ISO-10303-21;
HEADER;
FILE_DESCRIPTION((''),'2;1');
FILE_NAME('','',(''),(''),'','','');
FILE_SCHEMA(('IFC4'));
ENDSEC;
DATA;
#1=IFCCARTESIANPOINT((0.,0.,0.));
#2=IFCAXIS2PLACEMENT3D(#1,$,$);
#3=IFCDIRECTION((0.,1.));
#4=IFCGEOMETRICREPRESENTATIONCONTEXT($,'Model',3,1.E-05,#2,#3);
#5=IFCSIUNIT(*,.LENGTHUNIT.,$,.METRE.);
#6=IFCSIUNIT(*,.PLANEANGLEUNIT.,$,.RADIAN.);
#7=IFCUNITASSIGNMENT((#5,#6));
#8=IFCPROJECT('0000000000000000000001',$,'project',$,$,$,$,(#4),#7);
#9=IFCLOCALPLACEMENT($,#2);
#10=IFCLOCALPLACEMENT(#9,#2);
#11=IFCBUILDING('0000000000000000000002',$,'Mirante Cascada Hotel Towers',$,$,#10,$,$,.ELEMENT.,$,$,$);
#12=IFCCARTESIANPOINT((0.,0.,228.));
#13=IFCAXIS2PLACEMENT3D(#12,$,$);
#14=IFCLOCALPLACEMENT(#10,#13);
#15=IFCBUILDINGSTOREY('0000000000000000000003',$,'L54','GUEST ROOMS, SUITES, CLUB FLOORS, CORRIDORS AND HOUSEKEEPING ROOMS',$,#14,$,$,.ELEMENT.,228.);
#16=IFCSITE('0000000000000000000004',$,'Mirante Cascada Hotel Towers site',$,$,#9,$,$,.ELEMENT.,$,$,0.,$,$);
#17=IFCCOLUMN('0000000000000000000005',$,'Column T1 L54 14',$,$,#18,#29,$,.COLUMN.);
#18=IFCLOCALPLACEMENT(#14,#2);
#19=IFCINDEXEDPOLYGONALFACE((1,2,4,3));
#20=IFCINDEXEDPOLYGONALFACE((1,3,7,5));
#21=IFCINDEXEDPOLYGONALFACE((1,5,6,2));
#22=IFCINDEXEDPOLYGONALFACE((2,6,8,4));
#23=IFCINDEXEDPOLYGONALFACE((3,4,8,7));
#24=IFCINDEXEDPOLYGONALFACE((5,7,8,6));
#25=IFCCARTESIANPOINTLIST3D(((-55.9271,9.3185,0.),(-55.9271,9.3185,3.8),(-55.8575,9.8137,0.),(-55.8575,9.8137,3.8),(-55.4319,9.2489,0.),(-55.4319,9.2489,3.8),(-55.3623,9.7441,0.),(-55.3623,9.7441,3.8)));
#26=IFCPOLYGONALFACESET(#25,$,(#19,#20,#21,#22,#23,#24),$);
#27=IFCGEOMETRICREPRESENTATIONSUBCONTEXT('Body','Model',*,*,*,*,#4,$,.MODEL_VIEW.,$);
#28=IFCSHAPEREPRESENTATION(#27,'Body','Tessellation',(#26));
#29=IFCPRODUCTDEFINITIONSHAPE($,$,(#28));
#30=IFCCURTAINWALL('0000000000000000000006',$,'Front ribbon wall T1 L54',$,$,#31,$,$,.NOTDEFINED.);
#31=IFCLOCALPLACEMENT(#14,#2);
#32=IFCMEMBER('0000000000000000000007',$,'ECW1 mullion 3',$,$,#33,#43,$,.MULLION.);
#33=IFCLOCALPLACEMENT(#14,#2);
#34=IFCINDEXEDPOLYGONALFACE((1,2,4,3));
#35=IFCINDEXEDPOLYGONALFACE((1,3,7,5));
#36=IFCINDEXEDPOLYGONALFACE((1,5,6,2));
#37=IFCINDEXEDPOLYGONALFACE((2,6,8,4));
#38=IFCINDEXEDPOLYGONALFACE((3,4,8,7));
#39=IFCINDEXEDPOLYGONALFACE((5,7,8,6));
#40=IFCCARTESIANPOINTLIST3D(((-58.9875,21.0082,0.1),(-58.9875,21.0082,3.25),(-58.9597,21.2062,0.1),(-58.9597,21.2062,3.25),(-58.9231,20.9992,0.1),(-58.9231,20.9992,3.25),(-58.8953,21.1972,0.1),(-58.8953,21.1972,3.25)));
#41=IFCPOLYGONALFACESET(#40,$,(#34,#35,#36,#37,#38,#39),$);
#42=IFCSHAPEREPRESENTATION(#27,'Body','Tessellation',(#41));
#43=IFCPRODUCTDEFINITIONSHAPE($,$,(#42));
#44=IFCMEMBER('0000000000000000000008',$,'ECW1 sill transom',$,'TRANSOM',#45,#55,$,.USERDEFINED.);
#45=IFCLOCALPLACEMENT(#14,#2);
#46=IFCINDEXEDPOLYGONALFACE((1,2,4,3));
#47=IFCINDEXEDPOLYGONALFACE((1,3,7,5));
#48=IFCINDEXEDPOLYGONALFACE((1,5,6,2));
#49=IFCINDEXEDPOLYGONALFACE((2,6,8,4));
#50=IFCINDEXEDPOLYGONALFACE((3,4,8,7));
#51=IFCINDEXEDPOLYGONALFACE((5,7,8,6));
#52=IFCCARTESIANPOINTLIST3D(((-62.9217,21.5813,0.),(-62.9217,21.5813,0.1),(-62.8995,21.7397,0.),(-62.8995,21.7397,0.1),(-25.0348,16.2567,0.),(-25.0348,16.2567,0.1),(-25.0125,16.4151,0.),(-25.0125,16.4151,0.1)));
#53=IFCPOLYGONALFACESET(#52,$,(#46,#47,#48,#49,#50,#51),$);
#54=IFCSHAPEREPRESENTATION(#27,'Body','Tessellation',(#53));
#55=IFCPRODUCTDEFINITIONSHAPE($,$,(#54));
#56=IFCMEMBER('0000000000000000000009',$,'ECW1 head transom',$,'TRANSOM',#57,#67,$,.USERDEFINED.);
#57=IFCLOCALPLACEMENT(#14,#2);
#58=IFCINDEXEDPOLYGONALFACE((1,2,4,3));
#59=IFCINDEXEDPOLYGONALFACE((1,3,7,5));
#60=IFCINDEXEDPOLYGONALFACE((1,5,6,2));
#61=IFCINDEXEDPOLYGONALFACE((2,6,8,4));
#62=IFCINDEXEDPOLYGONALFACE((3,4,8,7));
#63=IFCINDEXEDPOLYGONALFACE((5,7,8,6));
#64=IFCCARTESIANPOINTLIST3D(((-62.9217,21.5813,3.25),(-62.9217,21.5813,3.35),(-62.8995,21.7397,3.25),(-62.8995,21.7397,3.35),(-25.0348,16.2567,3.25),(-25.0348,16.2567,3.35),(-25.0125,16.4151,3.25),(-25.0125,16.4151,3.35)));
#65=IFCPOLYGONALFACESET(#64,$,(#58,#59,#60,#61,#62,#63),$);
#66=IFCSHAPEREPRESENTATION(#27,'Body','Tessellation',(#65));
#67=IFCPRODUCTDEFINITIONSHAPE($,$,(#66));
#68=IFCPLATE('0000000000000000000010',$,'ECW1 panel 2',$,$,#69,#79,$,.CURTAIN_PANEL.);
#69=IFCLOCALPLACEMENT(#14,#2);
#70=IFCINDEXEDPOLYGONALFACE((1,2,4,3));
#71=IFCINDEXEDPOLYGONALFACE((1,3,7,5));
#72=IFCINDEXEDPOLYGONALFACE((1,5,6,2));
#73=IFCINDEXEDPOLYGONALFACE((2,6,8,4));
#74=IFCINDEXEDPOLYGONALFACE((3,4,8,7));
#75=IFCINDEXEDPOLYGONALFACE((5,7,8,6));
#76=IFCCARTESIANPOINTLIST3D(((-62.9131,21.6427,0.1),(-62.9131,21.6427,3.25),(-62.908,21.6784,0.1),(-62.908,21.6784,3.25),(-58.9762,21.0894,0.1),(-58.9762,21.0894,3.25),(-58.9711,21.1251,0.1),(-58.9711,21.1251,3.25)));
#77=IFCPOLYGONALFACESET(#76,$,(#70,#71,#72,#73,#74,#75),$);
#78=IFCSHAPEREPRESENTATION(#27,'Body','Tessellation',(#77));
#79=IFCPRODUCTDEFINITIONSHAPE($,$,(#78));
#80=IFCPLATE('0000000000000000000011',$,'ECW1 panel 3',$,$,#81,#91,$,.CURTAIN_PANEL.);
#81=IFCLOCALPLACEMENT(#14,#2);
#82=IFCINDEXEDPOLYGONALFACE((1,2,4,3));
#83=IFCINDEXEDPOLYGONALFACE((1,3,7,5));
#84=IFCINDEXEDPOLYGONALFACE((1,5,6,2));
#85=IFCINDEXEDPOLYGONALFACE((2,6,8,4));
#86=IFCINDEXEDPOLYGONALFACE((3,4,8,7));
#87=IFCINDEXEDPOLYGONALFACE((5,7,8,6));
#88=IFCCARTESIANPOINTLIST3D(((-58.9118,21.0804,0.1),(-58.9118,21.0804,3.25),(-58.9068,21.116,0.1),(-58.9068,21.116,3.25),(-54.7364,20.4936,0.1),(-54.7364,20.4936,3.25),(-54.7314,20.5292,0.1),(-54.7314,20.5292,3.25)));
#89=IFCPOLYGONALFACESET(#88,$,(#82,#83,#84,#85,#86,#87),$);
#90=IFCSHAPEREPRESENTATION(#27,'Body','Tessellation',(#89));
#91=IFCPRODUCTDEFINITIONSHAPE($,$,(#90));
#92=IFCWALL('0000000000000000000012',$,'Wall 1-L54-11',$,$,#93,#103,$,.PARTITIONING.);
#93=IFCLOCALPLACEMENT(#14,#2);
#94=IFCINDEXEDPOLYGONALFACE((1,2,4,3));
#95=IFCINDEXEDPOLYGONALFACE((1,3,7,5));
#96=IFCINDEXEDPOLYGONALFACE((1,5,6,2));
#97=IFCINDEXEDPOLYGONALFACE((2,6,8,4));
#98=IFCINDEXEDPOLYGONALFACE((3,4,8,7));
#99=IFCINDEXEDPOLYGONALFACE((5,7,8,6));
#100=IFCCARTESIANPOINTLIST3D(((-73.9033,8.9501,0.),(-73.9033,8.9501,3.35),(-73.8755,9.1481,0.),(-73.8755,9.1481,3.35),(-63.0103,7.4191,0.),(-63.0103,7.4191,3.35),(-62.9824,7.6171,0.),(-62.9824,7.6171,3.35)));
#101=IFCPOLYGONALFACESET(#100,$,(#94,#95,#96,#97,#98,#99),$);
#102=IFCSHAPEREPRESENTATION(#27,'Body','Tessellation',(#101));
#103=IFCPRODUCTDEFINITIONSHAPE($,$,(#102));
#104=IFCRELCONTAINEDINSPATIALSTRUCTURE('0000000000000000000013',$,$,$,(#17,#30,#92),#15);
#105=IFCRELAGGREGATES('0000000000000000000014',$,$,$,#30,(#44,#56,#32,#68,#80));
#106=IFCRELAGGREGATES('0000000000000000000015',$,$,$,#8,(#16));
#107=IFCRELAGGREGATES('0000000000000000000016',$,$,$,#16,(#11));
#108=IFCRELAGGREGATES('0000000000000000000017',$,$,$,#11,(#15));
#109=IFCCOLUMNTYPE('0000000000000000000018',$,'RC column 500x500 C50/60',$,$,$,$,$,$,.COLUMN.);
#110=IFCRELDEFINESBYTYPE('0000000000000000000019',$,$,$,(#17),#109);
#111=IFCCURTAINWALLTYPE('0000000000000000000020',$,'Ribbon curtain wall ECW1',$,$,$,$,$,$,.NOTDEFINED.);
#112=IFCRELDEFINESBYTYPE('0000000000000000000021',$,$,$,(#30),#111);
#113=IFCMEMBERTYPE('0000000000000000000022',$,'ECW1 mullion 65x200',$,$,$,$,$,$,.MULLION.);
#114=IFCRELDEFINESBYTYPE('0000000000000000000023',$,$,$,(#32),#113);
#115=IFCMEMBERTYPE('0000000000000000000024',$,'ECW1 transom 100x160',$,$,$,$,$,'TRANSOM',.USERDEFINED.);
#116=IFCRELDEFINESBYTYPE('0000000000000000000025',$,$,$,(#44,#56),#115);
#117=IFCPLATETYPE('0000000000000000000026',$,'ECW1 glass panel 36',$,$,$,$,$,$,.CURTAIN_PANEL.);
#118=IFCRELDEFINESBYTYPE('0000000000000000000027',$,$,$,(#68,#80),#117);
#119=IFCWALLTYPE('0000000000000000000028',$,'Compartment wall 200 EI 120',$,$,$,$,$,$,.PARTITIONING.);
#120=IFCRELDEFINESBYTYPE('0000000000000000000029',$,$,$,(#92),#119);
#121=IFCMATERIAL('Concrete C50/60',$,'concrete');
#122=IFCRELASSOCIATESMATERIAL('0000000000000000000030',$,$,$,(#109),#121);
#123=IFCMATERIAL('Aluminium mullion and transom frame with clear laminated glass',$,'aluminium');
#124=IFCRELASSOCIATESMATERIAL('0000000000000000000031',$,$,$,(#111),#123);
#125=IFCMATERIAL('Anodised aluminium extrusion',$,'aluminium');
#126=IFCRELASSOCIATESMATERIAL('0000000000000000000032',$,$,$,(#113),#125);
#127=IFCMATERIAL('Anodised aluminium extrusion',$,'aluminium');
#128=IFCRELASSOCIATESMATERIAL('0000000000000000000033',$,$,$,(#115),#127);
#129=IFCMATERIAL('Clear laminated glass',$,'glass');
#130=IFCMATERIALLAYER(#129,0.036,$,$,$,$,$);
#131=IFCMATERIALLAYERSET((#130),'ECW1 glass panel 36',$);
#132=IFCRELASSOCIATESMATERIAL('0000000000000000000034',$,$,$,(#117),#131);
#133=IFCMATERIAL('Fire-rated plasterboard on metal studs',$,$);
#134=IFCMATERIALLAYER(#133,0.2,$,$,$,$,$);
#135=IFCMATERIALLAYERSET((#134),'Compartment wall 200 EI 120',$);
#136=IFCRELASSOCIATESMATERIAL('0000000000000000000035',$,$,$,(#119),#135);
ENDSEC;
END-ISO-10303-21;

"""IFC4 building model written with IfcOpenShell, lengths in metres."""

from ifc_helpers import new_model, si_unit, direction, frame, frame_2d, origin, origin_2d, place, context, subcontext, project, spatial, rectangle, extrude, material, layer, layer_set, material_profile, profile_set, type_object, element, aggregate, save


model = new_model("IFC4")

# Units and contexts
model_context = context("Model", 3, precision=1e-05, world=origin(), true_north=direction((0.0, 1.0)))
body_context = subcontext(model_context, "Body", "Model", "MODEL_VIEW")
ifc_project = project(units=[si_unit("LENGTHUNIT", "METRE"), si_unit("PLANEANGLEUNIT", "RADIAN")], contexts=[model_context])

# Site, building, storey
site_placement = place(None, origin())
site = spatial("IfcSite", under=ifc_project, at=site_placement, Name="Mirante Cascada Hotel Towers site", CompositionType="ELEMENT", RefElevation=0.0)
building_placement = place(site_placement, origin())
building = spatial("IfcBuilding", under=site, at=building_placement, Name="Mirante Cascada Hotel Towers", CompositionType="ELEMENT")
storey_placement = place(building_placement, frame((0.0, 0.0, 228.0)))
storey = spatial("IfcBuildingStorey", under=building, at=storey_placement, Name="L54", Description="GUEST ROOMS, SUITES, CLUB FLOORS, CORRIDORS AND HOUSEKEEPING ROOMS", CompositionType="ELEMENT", Elevation=228.0)

# Column
ifc_material_1 = material(Name="Concrete C50/60", Category="concrete")
ifc_material_profile_1 = material_profile(ifc_material_1, rectangle(XDim=0.5, YDim=0.5, at=origin_2d()), Name="RC column 500x500 C50/60")
ifc_profile_set_1 = profile_set([ifc_material_profile_1], Name="Concrete C50/60")
column_type = type_object("IfcColumnType", Name="RC column 500x500 C50/60", PredefinedType="COLUMN", material=ifc_profile_set_1)
column_placement = place(storey_placement, frame((-55.6447, 9.5313, 0.0), z_axis=(0.0, 0.0, 1.0), x_axis=(-0.990268, 0.139173, 0.0)))
element("IfcColumn", 1, at=column_placement, inside=storey, type_object=column_type, Name="Column T1 L54 14", PredefinedType="COLUMN", context=body_context, shape_type="SweptSolid", body=[
    extrude(rectangle(XDim=0.5, YDim=0.5, at=origin_2d()), origin(), (0.0, 0.0, 1.0), 3.8),
])

# Curtain wall, members, plates
ifc_material_2 = material(Name="Aluminium mullion and transom frame with clear laminated glass", Category="aluminium")
curtain_wall_type = type_object("IfcCurtainWallType", Name="Ribbon curtain wall ECW1", PredefinedType="NOTDEFINED", material=ifc_material_2)
curtain_wall_placement = place(storey_placement, origin())
curtain_wall = element("IfcCurtainWall", 2, at=curtain_wall_placement, inside=storey, type_object=curtain_wall_type, Name="Front ribbon wall T1 L54", PredefinedType="NOTDEFINED")
ifc_material_3 = material(Name="Anodised aluminium extrusion", Category="aluminium")
ifc_material_profile_2 = material_profile(ifc_material_3, rectangle(XDim=0.2, YDim=0.065, at=origin_2d()), Name="ECW1 MULLION 65x200")
ifc_profile_set_2 = profile_set([ifc_material_profile_2], Name="Anodised aluminium extrusion")
member_type_1 = type_object("IfcMemberType", Name="ECW1 mullion 65x200", PredefinedType="MULLION", material=ifc_profile_set_2)
member_1_placement = place(storey_placement, frame((-58.9414, 21.1027, 0.1), z_axis=(0.0, 0.0, 1.0), x_axis=(0.139173, 0.990268, 0.0)))
member_1 = element("IfcMember", 3, at=member_1_placement, type_object=member_type_1, Name="ECW1 mullion 3", PredefinedType="MULLION", context=body_context, shape_type="SweptSolid", body=[
    extrude(rectangle(XDim=0.2, YDim=0.065, at=origin_2d()), origin(), (0.0, 0.0, 1.0), 3.15),
])
ifc_material_4 = material(Name="Anodised aluminium extrusion", Category="aluminium")
ifc_material_profile_3 = material_profile(ifc_material_4, rectangle(XDim=0.16, YDim=0.1, at=origin_2d()), Name="ECW1 TRANSOM 100x160")
ifc_profile_set_3 = profile_set([ifc_material_profile_3], Name="Anodised aluminium extrusion")
member_type_2 = type_object("IfcMemberType", Name="ECW1 transom 100x160", ElementType="TRANSOM", PredefinedType="USERDEFINED", material=ifc_profile_set_3)
member_2_placement = place(storey_placement, frame((-62.9106, 21.6605, 0.05), z_axis=(0.990268, -0.139171, 0.0), x_axis=(0.139171, 0.990268, 0.0)))
member_2 = element("IfcMember", 4, at=member_2_placement, type_object=member_type_2, Name="ECW1 sill transom", ObjectType="TRANSOM", PredefinedType="USERDEFINED", context=body_context, shape_type="SweptSolid", body=[
    extrude(rectangle(XDim=0.16, YDim=0.1, at=origin_2d()), origin(), (0.0, 0.0, 1.0), 38.2593),
])
member_3_placement = place(storey_placement, frame((-62.9106, 21.6605, 3.3), z_axis=(0.990268, -0.139171, 0.0), x_axis=(0.139171, 0.990268, 0.0)))
member_3 = element("IfcMember", 5, at=member_3_placement, type_object=member_type_2, Name="ECW1 head transom", ObjectType="TRANSOM", PredefinedType="USERDEFINED", context=body_context, shape_type="SweptSolid", body=[
    extrude(rectangle(XDim=0.16, YDim=0.1, at=origin_2d()), origin(), (0.0, 0.0, 1.0), 38.2593),
])
ifc_material_5 = material(Name="Clear laminated glass", Category="glass")
ifc_layer_1 = layer(ifc_material_5, 0.036)
ifc_layer_set_1 = layer_set([ifc_layer_1], Name="ECW1 glass panel 36")
plate_type = type_object("IfcPlateType", Name="ECW1 glass panel 36", PredefinedType="CURTAIN_PANEL", material=ifc_layer_set_1)
plate_1_placement = place(storey_placement, frame((-60.9421, 21.3839, 0.1), z_axis=(0.0, 0.0, 1.0), x_axis=(0.990268, -0.139173, 0.0)))
plate_1 = element("IfcPlate", 6, at=plate_1_placement, type_object=plate_type, Name="ECW1 panel 2", PredefinedType="CURTAIN_PANEL", context=body_context, shape_type="SweptSolid", body=[
    extrude(rectangle(XDim=3.9756, YDim=0.036, at=origin_2d()), origin(), (0.0, 0.0, 1.0), 3.15),
])
plate_2_placement = place(storey_placement, frame((-56.8216, 20.8048, 0.1), z_axis=(0.0, 0.0, 1.0), x_axis=(0.990268, -0.139173, 0.0)))
plate_2 = element("IfcPlate", 7, at=plate_2_placement, type_object=plate_type, Name="ECW1 panel 3", PredefinedType="CURTAIN_PANEL", context=body_context, shape_type="SweptSolid", body=[
    extrude(rectangle(XDim=4.2164, YDim=0.036, at=origin_2d()), origin(), (0.0, 0.0, 1.0), 3.15),
])
aggregate(curtain_wall, [member_2, member_3, member_1, plate_1, plate_2])

# Wall
ifc_material_6 = material(Name="Fire-rated plasterboard on metal studs")
ifc_layer_2 = layer(ifc_material_6, 0.2)
ifc_layer_set_2 = layer_set([ifc_layer_2], Name="Compartment wall 200 EI 120")
wall_type_1 = type_object("IfcWallType", Name="Compartment wall 200 EI 120", PredefinedType="PARTITIONING", material=ifc_layer_set_2)
wall_1_placement = place(storey_placement, frame((-62.9964, 7.5181, 0.0), z_axis=(0.0, 0.0, 1.0), x_axis=(-0.990267, 0.139181, 0.0)))
element("IfcWall", 8, at=wall_1_placement, inside=storey, type_object=wall_type_1, Name="Wall 1-L54-11", PredefinedType="PARTITIONING", context=body_context, shape_type="SweptSolid", body=[
    extrude(rectangle(XDim=11.0001, YDim=0.2, at=frame_2d((5.5, 0.0))), origin(), (0.0, 0.0, 1.0), 3.35),
])

save(model, "model.ifc")
